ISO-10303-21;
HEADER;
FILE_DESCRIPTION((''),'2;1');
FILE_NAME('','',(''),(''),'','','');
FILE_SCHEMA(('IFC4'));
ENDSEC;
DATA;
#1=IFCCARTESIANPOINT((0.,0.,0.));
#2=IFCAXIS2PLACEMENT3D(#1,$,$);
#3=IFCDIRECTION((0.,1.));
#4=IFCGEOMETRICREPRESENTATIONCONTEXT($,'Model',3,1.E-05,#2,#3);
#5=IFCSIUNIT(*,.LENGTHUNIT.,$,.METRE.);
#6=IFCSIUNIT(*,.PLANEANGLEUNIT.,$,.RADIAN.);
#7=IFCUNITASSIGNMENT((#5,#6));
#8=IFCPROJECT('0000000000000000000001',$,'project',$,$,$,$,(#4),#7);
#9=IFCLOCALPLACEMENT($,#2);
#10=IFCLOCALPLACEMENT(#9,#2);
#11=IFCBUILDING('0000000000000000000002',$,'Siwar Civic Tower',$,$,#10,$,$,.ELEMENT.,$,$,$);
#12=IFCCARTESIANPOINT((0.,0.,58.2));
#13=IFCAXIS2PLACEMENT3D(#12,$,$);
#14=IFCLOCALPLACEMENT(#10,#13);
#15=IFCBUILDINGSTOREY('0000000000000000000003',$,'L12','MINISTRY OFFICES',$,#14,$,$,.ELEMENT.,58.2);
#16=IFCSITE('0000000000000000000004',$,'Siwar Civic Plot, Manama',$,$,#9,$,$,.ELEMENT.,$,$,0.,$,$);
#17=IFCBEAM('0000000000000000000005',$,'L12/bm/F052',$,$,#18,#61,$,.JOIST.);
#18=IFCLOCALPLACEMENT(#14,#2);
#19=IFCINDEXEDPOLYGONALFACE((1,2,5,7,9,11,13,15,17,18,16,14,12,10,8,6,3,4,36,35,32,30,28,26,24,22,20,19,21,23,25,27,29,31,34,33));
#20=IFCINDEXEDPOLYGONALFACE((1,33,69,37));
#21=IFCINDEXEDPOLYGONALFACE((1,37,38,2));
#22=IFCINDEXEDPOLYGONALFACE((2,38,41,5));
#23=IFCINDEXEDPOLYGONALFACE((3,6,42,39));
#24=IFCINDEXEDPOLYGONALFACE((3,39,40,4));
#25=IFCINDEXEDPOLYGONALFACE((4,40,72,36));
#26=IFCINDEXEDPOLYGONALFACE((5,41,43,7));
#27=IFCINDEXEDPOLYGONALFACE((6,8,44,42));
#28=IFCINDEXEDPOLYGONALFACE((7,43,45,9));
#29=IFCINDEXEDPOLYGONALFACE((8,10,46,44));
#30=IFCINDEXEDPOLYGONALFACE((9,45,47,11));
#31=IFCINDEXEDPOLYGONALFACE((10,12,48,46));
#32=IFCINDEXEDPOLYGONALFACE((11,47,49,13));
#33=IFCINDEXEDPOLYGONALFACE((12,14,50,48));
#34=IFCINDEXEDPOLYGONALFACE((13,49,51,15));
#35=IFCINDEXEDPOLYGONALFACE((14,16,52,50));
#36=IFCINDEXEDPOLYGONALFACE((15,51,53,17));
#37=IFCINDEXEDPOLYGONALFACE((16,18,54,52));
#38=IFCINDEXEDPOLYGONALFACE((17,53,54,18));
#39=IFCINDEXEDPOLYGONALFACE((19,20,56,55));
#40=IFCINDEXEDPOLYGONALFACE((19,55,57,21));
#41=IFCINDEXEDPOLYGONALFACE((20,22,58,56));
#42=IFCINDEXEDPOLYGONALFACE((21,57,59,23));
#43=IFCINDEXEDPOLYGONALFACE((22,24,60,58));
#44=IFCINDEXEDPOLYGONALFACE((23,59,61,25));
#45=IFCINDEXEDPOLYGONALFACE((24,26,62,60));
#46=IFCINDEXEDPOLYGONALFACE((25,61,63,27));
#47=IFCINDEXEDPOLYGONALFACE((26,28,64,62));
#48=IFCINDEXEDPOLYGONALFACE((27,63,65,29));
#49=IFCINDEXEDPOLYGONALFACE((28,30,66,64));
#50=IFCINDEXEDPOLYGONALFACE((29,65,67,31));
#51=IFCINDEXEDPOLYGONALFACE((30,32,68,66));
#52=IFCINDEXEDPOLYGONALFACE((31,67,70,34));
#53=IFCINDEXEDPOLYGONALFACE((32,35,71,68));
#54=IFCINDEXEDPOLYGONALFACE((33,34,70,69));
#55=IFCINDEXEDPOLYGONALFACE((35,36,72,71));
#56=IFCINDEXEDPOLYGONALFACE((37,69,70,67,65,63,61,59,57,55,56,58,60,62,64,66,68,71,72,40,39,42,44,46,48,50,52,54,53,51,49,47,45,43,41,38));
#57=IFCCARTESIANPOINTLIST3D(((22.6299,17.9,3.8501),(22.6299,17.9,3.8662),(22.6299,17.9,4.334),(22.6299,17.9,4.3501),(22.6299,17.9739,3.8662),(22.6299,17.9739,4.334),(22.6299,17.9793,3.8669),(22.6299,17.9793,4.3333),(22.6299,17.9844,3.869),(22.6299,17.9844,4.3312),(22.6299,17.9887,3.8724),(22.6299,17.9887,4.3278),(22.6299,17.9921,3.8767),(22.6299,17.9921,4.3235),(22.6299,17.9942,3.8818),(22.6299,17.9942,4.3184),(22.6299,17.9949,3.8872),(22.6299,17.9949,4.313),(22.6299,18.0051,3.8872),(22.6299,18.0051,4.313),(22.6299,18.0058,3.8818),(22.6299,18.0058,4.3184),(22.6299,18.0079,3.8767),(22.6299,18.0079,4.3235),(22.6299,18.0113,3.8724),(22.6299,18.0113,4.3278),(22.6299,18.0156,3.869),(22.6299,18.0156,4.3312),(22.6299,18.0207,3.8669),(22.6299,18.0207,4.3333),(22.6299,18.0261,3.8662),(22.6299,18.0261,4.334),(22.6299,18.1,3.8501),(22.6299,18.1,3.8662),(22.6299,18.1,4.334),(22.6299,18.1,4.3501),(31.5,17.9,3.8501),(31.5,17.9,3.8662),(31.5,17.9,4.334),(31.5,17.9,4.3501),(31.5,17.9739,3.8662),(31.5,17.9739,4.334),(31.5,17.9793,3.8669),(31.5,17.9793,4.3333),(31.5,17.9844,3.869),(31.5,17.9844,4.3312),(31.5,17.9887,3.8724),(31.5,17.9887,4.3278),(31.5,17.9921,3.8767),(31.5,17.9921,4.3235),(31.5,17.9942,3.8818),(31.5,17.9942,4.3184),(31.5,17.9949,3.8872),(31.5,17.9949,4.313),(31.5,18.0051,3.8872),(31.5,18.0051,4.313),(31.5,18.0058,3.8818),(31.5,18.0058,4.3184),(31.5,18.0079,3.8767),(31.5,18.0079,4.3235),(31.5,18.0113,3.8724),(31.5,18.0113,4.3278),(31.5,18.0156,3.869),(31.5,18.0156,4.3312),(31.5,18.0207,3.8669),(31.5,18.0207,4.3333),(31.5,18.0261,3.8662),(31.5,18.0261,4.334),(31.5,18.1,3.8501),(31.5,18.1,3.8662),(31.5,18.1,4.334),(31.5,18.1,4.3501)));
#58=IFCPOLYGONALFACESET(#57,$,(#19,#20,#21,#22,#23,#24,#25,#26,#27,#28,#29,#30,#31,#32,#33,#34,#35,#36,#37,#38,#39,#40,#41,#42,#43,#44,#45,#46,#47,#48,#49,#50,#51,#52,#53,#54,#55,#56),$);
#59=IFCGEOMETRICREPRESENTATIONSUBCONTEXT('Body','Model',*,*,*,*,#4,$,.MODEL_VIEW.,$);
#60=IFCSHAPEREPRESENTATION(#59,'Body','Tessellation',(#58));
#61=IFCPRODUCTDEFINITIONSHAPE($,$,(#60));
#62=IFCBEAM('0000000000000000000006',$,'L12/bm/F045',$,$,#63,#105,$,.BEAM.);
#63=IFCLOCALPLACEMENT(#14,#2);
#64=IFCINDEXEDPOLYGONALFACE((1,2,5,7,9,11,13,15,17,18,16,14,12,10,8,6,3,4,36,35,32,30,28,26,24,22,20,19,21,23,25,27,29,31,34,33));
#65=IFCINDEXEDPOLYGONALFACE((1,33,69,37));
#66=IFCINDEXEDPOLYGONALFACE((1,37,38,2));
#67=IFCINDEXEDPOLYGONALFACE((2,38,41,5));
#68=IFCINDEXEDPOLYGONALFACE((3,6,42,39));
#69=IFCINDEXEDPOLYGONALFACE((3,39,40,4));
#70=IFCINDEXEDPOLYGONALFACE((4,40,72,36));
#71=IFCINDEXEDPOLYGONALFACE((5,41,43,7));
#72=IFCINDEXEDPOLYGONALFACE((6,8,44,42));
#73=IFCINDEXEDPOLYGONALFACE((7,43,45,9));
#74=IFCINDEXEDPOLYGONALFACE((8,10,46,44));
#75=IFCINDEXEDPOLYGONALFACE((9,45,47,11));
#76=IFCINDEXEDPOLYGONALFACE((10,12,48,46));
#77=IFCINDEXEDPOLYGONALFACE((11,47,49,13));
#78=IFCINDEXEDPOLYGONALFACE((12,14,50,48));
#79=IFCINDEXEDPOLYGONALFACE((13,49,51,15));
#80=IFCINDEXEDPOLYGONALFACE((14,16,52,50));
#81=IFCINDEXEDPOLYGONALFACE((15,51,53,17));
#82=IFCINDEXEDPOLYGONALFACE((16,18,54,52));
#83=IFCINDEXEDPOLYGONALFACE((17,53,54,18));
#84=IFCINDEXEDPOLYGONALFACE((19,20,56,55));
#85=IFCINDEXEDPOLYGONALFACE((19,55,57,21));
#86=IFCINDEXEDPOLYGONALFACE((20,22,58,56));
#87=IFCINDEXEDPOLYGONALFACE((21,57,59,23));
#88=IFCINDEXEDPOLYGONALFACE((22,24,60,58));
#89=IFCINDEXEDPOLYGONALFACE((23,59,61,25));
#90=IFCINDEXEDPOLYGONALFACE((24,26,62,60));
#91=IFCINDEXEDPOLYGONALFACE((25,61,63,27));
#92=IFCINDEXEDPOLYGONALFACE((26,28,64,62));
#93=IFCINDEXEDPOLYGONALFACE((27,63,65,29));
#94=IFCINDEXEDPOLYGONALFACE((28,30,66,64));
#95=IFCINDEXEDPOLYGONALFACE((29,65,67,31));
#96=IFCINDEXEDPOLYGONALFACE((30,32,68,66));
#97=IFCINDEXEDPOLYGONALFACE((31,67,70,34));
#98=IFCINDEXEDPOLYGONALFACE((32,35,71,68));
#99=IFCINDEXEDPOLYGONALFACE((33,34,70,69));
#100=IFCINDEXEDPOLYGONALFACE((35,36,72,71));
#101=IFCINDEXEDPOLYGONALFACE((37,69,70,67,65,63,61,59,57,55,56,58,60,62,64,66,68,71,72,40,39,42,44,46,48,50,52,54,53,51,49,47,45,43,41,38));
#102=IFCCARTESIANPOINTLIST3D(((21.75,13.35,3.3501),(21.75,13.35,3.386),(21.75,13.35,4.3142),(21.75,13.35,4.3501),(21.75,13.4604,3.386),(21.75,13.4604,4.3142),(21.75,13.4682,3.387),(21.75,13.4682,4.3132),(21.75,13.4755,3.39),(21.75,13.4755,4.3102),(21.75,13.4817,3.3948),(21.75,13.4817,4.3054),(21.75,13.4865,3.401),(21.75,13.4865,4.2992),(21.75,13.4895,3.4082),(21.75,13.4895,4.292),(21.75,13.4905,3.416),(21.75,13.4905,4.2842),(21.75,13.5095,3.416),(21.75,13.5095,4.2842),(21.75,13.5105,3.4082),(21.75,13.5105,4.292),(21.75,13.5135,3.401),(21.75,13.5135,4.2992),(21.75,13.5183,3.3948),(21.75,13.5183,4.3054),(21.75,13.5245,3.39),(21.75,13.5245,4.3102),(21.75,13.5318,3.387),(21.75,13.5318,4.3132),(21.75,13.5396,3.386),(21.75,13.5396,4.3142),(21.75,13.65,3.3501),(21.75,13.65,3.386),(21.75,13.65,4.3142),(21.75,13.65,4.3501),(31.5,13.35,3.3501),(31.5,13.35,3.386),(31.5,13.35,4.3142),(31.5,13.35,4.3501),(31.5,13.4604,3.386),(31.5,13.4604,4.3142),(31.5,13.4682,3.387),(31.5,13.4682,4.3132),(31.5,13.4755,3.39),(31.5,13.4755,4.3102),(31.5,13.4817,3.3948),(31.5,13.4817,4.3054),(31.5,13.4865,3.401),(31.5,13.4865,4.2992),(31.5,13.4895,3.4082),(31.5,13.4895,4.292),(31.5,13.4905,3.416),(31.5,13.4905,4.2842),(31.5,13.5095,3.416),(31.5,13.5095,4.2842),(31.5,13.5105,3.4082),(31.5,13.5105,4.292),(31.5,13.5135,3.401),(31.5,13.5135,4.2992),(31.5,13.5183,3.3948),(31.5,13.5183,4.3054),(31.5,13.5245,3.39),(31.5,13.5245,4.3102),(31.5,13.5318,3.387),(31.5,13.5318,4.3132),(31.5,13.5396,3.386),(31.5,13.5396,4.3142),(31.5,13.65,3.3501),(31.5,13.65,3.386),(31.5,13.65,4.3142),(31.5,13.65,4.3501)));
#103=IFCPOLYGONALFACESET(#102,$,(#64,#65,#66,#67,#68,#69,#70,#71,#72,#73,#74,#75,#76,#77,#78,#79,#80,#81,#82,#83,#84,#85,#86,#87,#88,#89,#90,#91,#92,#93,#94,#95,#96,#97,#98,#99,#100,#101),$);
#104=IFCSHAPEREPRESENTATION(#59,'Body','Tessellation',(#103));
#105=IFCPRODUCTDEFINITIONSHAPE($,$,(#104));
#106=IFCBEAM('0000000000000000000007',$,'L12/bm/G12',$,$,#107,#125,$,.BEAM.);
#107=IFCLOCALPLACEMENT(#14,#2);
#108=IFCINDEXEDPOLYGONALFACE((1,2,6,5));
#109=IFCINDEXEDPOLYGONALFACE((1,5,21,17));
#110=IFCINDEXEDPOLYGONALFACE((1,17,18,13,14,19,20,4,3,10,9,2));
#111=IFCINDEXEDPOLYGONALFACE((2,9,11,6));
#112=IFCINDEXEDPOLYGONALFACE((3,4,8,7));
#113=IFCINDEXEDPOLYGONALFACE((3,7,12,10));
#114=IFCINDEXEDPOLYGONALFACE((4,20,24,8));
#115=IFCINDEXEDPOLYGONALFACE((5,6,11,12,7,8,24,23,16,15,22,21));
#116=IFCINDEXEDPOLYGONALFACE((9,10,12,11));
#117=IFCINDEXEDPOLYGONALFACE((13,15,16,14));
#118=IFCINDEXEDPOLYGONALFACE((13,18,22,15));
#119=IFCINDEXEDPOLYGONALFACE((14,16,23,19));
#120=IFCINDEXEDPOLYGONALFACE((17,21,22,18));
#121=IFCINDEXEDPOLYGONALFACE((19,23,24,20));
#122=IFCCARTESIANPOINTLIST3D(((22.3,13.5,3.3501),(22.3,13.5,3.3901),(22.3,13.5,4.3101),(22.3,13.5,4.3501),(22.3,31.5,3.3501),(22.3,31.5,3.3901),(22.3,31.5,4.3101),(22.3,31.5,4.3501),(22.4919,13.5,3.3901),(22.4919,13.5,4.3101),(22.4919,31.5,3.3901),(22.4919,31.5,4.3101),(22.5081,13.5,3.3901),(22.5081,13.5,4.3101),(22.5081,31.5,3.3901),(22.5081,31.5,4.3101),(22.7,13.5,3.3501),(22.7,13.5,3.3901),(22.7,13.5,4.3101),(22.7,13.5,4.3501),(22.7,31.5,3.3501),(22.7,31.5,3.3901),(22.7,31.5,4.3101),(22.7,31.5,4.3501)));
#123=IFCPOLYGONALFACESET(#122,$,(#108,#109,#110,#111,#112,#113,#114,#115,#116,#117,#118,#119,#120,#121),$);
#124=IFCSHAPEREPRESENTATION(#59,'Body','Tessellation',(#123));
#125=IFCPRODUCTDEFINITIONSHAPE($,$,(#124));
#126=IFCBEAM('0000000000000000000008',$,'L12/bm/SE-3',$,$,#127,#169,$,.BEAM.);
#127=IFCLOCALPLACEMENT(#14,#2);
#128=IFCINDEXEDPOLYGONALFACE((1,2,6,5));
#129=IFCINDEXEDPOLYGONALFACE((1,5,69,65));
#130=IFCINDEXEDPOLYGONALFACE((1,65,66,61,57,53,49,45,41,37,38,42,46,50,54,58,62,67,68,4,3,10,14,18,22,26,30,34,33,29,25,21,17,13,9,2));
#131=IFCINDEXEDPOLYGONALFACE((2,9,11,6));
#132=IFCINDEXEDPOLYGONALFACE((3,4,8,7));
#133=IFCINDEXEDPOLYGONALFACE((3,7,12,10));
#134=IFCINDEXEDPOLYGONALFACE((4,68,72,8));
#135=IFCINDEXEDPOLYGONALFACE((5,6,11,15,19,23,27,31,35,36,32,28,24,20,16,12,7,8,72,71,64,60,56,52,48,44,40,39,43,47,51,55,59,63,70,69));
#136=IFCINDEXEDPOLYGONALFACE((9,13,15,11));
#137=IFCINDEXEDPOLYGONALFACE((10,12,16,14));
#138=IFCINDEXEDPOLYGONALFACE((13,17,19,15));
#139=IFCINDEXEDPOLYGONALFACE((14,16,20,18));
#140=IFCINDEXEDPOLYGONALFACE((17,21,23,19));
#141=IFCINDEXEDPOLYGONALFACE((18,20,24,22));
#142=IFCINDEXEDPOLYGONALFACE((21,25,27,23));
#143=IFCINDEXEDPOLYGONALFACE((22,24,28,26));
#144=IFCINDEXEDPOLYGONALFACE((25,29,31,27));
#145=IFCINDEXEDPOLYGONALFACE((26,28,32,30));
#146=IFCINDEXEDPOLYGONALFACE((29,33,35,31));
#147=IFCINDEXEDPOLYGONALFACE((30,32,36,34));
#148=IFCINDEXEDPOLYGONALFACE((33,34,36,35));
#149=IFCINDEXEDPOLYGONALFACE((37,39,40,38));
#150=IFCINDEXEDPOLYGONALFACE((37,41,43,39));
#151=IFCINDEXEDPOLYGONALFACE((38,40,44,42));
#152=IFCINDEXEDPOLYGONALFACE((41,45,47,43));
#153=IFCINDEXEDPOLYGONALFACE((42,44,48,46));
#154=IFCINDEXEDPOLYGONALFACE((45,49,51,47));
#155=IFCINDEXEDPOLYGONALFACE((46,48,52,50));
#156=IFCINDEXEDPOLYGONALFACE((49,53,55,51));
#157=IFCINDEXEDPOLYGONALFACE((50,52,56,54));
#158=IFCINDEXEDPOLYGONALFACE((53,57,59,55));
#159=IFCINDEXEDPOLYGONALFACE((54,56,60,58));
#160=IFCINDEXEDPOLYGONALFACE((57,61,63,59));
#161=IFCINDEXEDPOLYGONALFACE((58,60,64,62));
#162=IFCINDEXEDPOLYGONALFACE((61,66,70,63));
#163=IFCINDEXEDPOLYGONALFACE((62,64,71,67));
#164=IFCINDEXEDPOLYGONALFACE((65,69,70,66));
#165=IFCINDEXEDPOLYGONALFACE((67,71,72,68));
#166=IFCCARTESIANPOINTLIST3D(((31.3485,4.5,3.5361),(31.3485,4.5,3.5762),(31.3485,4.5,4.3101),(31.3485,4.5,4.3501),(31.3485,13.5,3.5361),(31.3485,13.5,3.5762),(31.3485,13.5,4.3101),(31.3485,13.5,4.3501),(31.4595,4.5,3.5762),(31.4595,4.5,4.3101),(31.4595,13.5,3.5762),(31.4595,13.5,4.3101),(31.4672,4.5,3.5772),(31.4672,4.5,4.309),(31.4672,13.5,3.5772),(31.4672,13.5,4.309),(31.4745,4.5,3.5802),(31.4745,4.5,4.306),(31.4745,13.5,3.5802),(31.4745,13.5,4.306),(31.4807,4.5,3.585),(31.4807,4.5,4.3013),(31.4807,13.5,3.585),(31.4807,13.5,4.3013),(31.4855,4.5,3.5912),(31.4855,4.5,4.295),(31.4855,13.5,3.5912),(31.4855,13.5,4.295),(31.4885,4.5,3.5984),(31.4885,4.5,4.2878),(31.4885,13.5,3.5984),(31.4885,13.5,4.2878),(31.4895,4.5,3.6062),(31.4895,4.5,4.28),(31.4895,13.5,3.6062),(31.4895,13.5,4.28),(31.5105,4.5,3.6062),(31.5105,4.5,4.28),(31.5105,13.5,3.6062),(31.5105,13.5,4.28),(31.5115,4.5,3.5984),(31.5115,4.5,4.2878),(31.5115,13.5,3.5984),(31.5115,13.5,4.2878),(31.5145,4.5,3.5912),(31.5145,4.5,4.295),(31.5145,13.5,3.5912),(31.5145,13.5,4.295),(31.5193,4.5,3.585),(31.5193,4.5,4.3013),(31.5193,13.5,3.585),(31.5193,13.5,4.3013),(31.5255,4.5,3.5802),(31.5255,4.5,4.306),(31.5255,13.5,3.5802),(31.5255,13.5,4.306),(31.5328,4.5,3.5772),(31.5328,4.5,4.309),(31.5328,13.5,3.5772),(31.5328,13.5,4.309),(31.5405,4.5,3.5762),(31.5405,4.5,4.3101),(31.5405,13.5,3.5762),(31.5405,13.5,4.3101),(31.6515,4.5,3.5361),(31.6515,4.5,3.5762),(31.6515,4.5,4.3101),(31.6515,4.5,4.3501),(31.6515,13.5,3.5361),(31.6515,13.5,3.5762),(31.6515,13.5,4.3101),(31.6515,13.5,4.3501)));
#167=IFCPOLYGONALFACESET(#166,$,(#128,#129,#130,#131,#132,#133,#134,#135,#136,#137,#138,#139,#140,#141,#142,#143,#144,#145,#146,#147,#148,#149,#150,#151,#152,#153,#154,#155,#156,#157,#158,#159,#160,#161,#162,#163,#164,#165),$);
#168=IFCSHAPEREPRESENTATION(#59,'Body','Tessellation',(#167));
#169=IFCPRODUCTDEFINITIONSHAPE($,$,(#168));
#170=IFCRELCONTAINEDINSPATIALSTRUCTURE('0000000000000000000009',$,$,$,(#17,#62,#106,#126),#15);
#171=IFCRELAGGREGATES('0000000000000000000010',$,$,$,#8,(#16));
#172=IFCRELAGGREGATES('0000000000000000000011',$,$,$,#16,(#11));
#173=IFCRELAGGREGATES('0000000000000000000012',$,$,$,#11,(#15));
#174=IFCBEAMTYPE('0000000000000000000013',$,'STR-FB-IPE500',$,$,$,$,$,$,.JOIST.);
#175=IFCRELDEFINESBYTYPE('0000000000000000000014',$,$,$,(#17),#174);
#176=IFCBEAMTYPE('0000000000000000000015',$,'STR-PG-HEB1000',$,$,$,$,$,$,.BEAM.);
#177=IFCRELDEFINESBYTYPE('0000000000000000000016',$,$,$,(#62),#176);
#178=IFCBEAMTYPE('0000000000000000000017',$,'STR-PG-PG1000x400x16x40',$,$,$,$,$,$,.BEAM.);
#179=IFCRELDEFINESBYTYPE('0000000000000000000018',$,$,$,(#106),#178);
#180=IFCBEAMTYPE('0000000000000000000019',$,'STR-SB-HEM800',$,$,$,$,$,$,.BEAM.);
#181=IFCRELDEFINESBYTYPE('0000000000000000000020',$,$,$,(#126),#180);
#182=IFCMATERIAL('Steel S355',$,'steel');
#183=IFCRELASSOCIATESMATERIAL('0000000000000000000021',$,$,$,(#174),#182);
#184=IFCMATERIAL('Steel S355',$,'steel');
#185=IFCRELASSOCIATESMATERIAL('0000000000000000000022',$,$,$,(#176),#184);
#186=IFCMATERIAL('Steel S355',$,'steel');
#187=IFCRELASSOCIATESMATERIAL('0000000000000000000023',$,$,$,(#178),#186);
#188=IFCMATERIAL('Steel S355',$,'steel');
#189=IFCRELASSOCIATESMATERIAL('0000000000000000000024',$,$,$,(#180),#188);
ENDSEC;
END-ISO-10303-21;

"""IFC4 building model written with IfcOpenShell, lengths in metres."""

from ifc_helpers import new_model, si_unit, direction, frame, origin, origin_2d, place, context, subcontext, project, spatial, i_section, extrude, material, material_profile, profile_set, type_object, element, save


model = new_model("IFC4")

# Units and contexts
model_context = context("Model", 3, precision=1e-05, world=origin(), true_north=direction((0.0, 1.0)))
body_context = subcontext(model_context, "Body", "Model", "MODEL_VIEW")
ifc_project = project(units=[si_unit("LENGTHUNIT", "METRE"), si_unit("PLANEANGLEUNIT", "RADIAN")], contexts=[model_context])

# Site, building, storey
site_placement = place(None, origin())
site = spatial("IfcSite", under=ifc_project, at=site_placement, Name="Siwar Civic Plot, Manama", CompositionType="ELEMENT", RefElevation=0.0)
building_placement = place(site_placement, origin())
building = spatial("IfcBuilding", under=site, at=building_placement, Name="Siwar Civic Tower", CompositionType="ELEMENT")
storey_placement = place(building_placement, frame((0.0, 0.0, 58.2)))
storey = spatial("IfcBuildingStorey", under=building, at=storey_placement, Name="L12", Description="MINISTRY OFFICES", CompositionType="ELEMENT", Elevation=58.2)

# Beams
ifc_material_1 = material(Name="Steel S355", Category="steel")
ifc_material_profile_1 = material_profile(ifc_material_1, i_section(OverallWidth=0.2, OverallDepth=0.5, WebThickness=0.0103, FlangeThickness=0.0161, FilletRadius=0.021, at=origin_2d()), Name="IPE500")
ifc_profile_set_1 = profile_set([ifc_material_profile_1], Name="Steel S355")
beam_type_1 = type_object("IfcBeamType", Name="STR-FB-IPE500", PredefinedType="JOIST", material=ifc_profile_set_1)
beam_1_placement = place(storey_placement, frame((22.6299, 18.0, 4.1001), z_axis=(1.0, 0.0, 0.0), x_axis=(0.0, 1.0, 0.0)))
element("IfcBeam", 1, at=beam_1_placement, inside=storey, type_object=beam_type_1, Name="L12/bm/F052", PredefinedType="JOIST", context=body_context, shape_type="SweptSolid", body=[
    extrude(i_section(OverallWidth=0.2, OverallDepth=0.5, WebThickness=0.0103, FlangeThickness=0.0161, FilletRadius=0.021, at=origin_2d()), origin(), (0.0, 0.0, 1.0), 8.8701),
])
ifc_material_2 = material(Name="Steel S355", Category="steel")
ifc_material_profile_2 = material_profile(ifc_material_2, i_section(OverallWidth=0.3, OverallDepth=1.0, WebThickness=0.019, FlangeThickness=0.0359, FilletRadius=0.03, at=origin_2d()), Name="HEB1000")
ifc_profile_set_2 = profile_set([ifc_material_profile_2], Name="Steel S355")
beam_type_2 = type_object("IfcBeamType", Name="STR-PG-HEB1000", PredefinedType="BEAM", material=ifc_profile_set_2)
beam_2_placement = place(storey_placement, frame((21.75, 13.5, 3.8501), z_axis=(1.0, 0.0, 0.0), x_axis=(0.0, 1.0, 0.0)))
element("IfcBeam", 2, at=beam_2_placement, inside=storey, type_object=beam_type_2, Name="L12/bm/F045", PredefinedType="BEAM", context=body_context, shape_type="SweptSolid", body=[
    extrude(i_section(OverallWidth=0.3, OverallDepth=1.0, WebThickness=0.019, FlangeThickness=0.0359, FilletRadius=0.03, at=origin_2d()), origin(), (0.0, 0.0, 1.0), 9.75),
])
ifc_material_3 = material(Name="Steel S355", Category="steel")
ifc_material_profile_3 = material_profile(ifc_material_3, i_section(OverallWidth=0.3999, OverallDepth=1.0, WebThickness=0.0161, FlangeThickness=0.04, at=origin_2d()), Name="PG1000x400x16x40")
ifc_profile_set_3 = profile_set([ifc_material_profile_3], Name="Steel S355")
beam_type_3 = type_object("IfcBeamType", Name="STR-PG-PG1000x400x16x40", PredefinedType="BEAM", material=ifc_profile_set_3)
beam_3_placement = place(storey_placement, frame((22.5, 13.5, 3.8501), z_axis=(0.0, 1.0, 0.0), x_axis=(-1.0, 0.0, 0.0)))
element("IfcBeam", 3, at=beam_3_placement, inside=storey, type_object=beam_type_3, Name="L12/bm/G12", PredefinedType="BEAM", context=body_context, shape_type="SweptSolid", body=[
    extrude(i_section(OverallWidth=0.3999, OverallDepth=1.0, WebThickness=0.0161, FlangeThickness=0.04, at=origin_2d()), origin(), (0.0, 0.0, 1.0), 18.0),
])
ifc_material_4 = material(Name="Steel S355", Category="steel")
ifc_material_profile_4 = material_profile(ifc_material_4, i_section(OverallWidth=0.303, OverallDepth=0.814, WebThickness=0.021, FlangeThickness=0.04, FilletRadius=0.03, at=origin_2d()), Name="HEM800")
ifc_profile_set_4 = profile_set([ifc_material_profile_4], Name="Steel S355")
beam_type_4 = type_object("IfcBeamType", Name="STR-SB-HEM800", PredefinedType="BEAM", material=ifc_profile_set_4)
for number, where, z_axis, x_axis, name in (
    (4, (31.5, 4.5, 3.9431), (0.0, 1.0, 0.0), (-1.0, 0.0, 0.0), "L12/bm/SE-3"),
):
    element("IfcBeam", number, at=place(storey_placement, frame(where, z_axis=z_axis, x_axis=x_axis)), inside=storey, type_object=beam_type_4, Name=name, PredefinedType="BEAM", context=body_context, shape_type="SweptSolid", body=[
        extrude(i_section(OverallWidth=0.303, OverallDepth=0.814, WebThickness=0.021, FlangeThickness=0.04, FilletRadius=0.03, at=origin_2d()), origin(), (0.0, 0.0, 1.0), 9.0),
    ])

save(model, "model.ifc")
